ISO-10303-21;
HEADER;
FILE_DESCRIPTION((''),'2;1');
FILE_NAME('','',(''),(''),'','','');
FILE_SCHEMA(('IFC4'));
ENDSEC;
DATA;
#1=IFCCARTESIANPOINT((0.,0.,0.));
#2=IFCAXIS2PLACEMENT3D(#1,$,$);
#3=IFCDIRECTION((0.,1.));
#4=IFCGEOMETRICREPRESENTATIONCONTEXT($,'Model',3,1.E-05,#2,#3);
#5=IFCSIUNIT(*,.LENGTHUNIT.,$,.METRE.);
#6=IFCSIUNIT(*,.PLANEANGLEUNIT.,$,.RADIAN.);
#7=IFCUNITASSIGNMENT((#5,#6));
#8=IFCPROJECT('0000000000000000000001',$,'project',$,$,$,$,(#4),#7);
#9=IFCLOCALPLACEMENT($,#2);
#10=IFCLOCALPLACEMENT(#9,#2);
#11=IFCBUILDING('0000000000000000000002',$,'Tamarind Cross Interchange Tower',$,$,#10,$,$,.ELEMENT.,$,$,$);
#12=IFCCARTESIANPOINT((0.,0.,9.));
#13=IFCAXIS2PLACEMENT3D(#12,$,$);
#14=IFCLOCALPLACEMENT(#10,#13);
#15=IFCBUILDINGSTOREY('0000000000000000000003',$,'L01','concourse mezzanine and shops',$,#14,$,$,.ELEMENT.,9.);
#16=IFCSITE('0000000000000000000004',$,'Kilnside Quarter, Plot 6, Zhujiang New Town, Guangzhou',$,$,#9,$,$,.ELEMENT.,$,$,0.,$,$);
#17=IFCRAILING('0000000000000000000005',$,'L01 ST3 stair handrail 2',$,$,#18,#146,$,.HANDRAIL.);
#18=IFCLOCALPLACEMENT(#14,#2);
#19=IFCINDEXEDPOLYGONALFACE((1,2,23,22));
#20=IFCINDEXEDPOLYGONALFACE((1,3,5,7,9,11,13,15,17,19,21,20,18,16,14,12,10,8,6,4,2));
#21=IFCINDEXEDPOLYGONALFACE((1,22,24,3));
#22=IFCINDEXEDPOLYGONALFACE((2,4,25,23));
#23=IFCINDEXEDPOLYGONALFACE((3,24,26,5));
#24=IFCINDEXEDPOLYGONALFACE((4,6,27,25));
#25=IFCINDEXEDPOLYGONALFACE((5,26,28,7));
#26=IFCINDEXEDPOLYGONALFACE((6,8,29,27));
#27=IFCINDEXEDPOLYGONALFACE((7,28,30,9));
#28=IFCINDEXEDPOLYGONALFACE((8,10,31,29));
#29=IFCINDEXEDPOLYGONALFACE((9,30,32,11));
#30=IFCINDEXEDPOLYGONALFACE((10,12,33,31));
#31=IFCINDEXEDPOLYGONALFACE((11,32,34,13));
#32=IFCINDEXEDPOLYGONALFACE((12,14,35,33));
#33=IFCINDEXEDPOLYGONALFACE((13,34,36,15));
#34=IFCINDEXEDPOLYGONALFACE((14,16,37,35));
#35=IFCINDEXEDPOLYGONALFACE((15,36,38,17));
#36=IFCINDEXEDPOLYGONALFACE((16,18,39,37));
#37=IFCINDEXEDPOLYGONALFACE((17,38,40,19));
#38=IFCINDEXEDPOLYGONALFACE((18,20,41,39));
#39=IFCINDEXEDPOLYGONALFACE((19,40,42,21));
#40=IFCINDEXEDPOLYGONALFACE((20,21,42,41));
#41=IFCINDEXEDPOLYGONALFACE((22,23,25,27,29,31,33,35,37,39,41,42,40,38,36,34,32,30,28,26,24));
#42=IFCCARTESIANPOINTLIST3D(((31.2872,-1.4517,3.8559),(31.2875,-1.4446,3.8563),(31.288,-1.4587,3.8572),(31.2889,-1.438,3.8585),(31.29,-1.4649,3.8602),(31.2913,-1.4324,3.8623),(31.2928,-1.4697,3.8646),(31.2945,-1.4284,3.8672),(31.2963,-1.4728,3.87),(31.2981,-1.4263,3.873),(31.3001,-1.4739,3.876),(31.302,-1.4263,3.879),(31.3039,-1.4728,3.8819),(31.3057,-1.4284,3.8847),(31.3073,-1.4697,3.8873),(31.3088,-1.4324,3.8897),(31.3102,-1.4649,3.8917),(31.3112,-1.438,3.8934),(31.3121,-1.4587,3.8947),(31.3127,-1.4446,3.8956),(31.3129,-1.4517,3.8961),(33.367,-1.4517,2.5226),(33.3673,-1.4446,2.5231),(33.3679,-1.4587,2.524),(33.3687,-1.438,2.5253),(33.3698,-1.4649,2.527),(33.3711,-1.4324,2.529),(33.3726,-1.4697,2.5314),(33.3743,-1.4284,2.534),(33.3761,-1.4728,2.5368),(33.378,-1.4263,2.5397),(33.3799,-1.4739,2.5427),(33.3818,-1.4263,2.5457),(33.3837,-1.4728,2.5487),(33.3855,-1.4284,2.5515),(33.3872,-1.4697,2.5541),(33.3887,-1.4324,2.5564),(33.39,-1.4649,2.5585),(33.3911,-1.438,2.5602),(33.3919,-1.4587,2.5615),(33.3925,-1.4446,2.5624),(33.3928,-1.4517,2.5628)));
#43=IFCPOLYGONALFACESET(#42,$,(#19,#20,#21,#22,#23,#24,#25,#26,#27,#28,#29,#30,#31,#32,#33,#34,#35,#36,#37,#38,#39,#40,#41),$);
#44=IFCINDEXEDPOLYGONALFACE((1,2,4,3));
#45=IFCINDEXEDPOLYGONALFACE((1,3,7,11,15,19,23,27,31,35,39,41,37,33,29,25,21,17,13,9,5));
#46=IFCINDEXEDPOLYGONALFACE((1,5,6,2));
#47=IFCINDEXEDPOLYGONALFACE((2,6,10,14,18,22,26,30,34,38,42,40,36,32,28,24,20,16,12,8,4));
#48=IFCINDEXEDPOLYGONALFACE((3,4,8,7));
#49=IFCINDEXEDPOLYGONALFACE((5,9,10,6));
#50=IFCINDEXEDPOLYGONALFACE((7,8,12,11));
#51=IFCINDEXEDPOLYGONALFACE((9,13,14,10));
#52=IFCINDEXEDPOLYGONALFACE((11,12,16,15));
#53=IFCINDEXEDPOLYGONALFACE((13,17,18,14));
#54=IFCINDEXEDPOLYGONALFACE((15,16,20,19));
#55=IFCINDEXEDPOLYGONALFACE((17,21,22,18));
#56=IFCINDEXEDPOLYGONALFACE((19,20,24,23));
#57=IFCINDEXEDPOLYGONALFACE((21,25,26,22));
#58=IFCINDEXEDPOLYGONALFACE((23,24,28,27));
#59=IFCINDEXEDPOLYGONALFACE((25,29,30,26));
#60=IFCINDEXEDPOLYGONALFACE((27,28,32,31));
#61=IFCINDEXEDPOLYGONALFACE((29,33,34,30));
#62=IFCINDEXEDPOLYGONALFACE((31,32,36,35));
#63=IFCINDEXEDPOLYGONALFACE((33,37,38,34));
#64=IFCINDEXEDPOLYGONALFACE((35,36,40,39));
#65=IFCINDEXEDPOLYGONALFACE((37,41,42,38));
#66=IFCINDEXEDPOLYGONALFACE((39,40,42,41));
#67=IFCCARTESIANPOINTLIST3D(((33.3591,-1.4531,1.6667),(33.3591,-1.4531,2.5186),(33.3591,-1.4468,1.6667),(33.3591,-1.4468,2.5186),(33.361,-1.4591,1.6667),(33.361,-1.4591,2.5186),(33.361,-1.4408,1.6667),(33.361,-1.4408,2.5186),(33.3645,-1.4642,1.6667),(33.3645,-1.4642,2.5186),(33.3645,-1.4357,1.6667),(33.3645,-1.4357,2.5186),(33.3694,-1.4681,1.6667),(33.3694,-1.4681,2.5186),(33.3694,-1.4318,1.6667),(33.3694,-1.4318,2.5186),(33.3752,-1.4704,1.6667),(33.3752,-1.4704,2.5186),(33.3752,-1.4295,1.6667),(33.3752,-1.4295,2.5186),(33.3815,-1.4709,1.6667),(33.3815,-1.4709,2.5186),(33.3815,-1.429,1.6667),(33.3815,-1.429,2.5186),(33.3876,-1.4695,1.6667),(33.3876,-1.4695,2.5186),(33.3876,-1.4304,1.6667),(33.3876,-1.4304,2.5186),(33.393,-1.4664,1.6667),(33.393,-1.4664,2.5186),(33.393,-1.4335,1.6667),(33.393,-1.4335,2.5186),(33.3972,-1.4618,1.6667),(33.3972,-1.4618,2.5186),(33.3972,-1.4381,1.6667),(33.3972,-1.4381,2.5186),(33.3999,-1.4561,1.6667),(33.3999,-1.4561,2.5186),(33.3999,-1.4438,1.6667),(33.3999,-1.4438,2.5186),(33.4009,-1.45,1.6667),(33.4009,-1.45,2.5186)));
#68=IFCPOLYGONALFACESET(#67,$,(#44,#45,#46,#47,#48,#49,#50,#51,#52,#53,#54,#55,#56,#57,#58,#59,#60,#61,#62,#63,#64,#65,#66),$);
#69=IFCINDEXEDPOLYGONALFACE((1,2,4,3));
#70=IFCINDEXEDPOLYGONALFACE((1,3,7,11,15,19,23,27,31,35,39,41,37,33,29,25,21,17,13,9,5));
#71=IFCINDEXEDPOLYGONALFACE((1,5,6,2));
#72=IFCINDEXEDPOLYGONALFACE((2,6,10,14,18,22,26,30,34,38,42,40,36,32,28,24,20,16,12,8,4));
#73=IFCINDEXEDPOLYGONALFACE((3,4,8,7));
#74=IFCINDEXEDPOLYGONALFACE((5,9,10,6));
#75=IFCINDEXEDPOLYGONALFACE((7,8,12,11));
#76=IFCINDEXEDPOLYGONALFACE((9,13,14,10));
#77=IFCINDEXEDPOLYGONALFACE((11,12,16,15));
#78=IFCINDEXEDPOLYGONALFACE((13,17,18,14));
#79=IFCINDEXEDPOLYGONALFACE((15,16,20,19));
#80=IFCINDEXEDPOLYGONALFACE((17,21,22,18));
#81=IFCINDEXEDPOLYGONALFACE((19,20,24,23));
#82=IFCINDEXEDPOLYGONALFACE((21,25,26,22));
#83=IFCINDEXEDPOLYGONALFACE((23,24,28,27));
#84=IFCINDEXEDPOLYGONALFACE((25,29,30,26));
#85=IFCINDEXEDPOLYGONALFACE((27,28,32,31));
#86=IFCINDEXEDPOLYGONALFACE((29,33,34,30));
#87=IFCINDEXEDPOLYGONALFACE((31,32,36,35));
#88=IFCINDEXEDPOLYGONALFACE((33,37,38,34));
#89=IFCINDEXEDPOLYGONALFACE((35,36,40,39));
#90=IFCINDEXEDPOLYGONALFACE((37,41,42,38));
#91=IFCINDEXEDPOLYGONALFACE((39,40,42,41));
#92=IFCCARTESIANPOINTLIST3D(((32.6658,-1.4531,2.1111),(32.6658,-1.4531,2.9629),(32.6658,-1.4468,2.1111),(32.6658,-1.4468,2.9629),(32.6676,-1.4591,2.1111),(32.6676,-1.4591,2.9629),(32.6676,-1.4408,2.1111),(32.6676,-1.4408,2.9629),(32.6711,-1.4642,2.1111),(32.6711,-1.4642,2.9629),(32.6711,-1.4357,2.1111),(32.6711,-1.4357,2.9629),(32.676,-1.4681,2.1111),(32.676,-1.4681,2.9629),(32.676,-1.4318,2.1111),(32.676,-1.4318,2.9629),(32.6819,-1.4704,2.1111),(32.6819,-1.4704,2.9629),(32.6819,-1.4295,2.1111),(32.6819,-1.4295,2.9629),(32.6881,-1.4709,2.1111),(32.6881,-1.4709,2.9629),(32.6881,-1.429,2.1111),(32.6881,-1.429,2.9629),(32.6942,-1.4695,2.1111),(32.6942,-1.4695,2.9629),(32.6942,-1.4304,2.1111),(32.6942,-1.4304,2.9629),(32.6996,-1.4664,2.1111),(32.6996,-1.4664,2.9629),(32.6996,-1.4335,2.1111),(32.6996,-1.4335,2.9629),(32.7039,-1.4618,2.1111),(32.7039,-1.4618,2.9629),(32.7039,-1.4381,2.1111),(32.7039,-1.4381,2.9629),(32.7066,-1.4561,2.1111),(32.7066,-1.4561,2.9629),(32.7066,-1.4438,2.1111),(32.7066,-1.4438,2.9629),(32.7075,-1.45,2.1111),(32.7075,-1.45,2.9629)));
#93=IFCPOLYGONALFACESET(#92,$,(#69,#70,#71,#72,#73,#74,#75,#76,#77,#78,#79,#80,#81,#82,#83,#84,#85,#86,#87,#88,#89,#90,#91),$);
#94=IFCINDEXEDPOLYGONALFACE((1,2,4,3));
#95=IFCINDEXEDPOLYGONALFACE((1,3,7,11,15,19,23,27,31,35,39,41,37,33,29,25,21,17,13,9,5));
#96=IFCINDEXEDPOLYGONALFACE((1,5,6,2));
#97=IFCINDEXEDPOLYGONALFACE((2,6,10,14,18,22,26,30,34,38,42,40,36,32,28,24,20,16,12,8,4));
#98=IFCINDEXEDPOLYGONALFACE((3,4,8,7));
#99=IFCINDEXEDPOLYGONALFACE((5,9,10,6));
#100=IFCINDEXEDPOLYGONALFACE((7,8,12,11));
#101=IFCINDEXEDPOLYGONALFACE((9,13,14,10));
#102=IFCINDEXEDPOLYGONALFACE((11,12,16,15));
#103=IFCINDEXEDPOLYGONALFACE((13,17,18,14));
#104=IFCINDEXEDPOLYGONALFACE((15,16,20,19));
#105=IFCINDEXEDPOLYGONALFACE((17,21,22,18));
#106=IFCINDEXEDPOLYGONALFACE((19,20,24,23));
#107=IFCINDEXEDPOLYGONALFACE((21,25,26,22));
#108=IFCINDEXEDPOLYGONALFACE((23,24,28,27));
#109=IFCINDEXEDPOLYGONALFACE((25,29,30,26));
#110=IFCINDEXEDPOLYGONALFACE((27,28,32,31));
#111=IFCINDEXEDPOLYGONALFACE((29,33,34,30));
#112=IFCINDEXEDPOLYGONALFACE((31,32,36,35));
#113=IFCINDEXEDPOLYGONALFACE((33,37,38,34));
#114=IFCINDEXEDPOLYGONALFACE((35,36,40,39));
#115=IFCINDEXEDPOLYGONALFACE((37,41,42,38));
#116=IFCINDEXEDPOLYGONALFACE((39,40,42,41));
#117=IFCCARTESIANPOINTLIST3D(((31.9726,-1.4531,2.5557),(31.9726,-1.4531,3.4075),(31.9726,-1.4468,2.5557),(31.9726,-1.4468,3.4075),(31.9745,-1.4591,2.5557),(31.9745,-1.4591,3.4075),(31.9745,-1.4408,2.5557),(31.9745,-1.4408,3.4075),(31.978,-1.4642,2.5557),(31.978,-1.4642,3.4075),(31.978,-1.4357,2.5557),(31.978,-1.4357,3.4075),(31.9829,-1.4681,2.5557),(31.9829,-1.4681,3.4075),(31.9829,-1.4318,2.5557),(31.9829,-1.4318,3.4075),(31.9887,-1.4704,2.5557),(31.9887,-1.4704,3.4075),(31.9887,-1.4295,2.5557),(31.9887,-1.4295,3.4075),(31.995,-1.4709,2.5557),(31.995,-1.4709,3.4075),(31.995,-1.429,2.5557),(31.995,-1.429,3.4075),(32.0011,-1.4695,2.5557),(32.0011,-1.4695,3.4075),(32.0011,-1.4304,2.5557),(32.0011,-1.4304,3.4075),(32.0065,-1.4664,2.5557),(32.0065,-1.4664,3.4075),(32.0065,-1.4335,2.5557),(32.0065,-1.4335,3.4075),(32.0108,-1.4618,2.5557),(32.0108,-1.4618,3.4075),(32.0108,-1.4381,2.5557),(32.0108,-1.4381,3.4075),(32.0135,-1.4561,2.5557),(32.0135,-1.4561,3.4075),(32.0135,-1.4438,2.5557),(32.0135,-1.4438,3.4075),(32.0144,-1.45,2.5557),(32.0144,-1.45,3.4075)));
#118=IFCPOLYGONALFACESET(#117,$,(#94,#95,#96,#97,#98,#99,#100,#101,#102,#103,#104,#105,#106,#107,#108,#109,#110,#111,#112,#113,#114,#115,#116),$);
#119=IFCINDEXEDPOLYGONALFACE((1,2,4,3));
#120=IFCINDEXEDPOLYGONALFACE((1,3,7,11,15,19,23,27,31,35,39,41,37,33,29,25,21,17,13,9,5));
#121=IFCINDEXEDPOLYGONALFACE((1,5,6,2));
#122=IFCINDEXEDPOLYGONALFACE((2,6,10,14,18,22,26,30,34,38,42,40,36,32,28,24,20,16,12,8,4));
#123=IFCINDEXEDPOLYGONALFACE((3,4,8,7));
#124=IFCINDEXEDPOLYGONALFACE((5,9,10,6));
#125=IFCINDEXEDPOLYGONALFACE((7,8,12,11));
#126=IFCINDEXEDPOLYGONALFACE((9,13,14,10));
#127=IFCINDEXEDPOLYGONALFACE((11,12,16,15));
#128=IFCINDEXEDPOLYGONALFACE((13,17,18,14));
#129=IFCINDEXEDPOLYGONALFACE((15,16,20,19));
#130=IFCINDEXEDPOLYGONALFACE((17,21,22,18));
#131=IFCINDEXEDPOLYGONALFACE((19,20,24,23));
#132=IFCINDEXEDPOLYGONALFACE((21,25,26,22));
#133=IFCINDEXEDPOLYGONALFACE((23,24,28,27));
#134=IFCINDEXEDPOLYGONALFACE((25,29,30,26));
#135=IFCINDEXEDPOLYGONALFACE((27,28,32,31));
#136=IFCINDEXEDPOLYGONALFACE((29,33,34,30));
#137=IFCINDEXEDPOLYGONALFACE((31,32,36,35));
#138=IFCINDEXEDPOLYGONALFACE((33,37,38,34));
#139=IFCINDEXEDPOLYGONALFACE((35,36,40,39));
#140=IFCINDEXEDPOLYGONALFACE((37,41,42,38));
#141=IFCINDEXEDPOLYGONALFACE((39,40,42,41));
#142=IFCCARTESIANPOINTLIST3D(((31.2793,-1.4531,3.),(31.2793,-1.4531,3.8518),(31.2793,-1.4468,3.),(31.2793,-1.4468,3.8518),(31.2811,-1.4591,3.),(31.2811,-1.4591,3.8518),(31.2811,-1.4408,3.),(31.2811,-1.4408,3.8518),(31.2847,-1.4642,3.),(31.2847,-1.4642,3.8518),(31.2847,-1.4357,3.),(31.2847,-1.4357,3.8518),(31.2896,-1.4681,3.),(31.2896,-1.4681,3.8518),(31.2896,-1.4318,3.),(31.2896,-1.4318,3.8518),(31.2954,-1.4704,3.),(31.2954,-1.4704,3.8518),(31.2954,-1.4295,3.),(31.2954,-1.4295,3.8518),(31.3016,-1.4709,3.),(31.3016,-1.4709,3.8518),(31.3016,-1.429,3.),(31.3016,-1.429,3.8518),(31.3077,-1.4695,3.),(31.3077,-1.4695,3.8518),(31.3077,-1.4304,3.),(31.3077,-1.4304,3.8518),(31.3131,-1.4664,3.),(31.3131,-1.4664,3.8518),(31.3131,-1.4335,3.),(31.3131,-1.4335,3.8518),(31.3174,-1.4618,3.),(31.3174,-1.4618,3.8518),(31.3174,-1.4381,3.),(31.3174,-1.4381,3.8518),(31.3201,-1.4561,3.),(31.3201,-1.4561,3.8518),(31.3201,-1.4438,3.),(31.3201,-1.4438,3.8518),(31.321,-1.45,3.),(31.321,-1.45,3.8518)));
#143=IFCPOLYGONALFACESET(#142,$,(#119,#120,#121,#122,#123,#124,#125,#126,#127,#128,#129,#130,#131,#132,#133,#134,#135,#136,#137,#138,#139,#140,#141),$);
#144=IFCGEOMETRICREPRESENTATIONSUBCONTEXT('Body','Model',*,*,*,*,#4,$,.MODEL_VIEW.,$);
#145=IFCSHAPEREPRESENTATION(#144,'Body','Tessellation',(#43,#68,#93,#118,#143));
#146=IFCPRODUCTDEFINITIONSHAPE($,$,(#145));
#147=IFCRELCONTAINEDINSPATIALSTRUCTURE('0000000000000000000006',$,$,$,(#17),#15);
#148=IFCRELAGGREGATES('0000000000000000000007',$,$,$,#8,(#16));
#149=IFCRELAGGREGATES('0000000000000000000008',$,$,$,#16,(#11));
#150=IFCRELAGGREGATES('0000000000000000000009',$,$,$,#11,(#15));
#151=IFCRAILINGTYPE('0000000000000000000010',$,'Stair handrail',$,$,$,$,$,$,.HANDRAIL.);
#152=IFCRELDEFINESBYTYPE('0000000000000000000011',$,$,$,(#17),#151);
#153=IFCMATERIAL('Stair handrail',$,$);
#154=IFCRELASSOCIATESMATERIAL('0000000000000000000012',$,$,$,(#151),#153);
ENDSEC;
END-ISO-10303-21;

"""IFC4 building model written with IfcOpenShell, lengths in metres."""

from ifc_helpers import new_model, si_unit, direction, frame, origin, origin_2d, place, context, subcontext, project, spatial, circle, extrude, material, type_object, element, save


model = new_model("IFC4")

# Units and contexts
model_context = context("Model", 3, precision=1e-05, world=origin(), true_north=direction((0.0, 1.0)))
body_context = subcontext(model_context, "Body", "Model", "MODEL_VIEW")
ifc_project = project(units=[si_unit("LENGTHUNIT", "METRE"), si_unit("PLANEANGLEUNIT", "RADIAN")], contexts=[model_context])

# Site, building, storey
site_placement = place(None, origin())
site = spatial("IfcSite", under=ifc_project, at=site_placement, Name="Kilnside Quarter, Plot 6, Zhujiang New Town, Guangzhou", CompositionType="ELEMENT", RefElevation=0.0)
building_placement = place(site_placement, origin())
building = spatial("IfcBuilding", under=site, at=building_placement, Name="Tamarind Cross Interchange Tower", CompositionType="ELEMENT")
storey_placement = place(building_placement, frame((0.0, 0.0, 9.0)))
storey = spatial("IfcBuildingStorey", under=building, at=storey_placement, Name="L01", Description="concourse mezzanine and shops", CompositionType="ELEMENT", Elevation=9.0)

# Railing
ifc_material_1 = material(Name="Stair handrail")
railing_type_1 = type_object("IfcRailingType", Name="Stair handrail", PredefinedType="HANDRAIL", material=ifc_material_1)
for number, where, name in (
    (1, (33.3799, -1.45, 1.6667), "L01 ST3 stair handrail 2"),
):
    element("IfcRailing", number, at=place(storey_placement, frame(where)), inside=storey, type_object=railing_type_1, Name=name, PredefinedType="HANDRAIL", context=body_context, shape_type="SweptSolid", body=[
        extrude(circle(Radius=0.0239, at=origin_2d()), frame((0.0, 0.0, 0.876), z_axis=(-0.841875, 0.0, 0.539673), x_axis=(0.0, -1.0, 0.0)), (0.0, 0.0, 1.0), 2.4705),
        extrude(circle(Radius=0.021, at=origin_2d()), origin(), (0.0, 0.0, 1.0), 0.8518),
        extrude(circle(Radius=0.021, at=origin_2d()), frame((-0.6934, 0.0, 0.4443)), (0.0, 0.0, 1.0), 0.8518),
        extrude(circle(Radius=0.021, at=origin_2d()), frame((-1.3865, 0.0, 0.8889)), (0.0, 0.0, 1.0), 0.8518),
        extrude(circle(Radius=0.021, at=origin_2d()), frame((-2.0798, 0.0, 1.3333)), (0.0, 0.0, 1.0), 0.8518),
    ])

save(model, "model.ifc")
